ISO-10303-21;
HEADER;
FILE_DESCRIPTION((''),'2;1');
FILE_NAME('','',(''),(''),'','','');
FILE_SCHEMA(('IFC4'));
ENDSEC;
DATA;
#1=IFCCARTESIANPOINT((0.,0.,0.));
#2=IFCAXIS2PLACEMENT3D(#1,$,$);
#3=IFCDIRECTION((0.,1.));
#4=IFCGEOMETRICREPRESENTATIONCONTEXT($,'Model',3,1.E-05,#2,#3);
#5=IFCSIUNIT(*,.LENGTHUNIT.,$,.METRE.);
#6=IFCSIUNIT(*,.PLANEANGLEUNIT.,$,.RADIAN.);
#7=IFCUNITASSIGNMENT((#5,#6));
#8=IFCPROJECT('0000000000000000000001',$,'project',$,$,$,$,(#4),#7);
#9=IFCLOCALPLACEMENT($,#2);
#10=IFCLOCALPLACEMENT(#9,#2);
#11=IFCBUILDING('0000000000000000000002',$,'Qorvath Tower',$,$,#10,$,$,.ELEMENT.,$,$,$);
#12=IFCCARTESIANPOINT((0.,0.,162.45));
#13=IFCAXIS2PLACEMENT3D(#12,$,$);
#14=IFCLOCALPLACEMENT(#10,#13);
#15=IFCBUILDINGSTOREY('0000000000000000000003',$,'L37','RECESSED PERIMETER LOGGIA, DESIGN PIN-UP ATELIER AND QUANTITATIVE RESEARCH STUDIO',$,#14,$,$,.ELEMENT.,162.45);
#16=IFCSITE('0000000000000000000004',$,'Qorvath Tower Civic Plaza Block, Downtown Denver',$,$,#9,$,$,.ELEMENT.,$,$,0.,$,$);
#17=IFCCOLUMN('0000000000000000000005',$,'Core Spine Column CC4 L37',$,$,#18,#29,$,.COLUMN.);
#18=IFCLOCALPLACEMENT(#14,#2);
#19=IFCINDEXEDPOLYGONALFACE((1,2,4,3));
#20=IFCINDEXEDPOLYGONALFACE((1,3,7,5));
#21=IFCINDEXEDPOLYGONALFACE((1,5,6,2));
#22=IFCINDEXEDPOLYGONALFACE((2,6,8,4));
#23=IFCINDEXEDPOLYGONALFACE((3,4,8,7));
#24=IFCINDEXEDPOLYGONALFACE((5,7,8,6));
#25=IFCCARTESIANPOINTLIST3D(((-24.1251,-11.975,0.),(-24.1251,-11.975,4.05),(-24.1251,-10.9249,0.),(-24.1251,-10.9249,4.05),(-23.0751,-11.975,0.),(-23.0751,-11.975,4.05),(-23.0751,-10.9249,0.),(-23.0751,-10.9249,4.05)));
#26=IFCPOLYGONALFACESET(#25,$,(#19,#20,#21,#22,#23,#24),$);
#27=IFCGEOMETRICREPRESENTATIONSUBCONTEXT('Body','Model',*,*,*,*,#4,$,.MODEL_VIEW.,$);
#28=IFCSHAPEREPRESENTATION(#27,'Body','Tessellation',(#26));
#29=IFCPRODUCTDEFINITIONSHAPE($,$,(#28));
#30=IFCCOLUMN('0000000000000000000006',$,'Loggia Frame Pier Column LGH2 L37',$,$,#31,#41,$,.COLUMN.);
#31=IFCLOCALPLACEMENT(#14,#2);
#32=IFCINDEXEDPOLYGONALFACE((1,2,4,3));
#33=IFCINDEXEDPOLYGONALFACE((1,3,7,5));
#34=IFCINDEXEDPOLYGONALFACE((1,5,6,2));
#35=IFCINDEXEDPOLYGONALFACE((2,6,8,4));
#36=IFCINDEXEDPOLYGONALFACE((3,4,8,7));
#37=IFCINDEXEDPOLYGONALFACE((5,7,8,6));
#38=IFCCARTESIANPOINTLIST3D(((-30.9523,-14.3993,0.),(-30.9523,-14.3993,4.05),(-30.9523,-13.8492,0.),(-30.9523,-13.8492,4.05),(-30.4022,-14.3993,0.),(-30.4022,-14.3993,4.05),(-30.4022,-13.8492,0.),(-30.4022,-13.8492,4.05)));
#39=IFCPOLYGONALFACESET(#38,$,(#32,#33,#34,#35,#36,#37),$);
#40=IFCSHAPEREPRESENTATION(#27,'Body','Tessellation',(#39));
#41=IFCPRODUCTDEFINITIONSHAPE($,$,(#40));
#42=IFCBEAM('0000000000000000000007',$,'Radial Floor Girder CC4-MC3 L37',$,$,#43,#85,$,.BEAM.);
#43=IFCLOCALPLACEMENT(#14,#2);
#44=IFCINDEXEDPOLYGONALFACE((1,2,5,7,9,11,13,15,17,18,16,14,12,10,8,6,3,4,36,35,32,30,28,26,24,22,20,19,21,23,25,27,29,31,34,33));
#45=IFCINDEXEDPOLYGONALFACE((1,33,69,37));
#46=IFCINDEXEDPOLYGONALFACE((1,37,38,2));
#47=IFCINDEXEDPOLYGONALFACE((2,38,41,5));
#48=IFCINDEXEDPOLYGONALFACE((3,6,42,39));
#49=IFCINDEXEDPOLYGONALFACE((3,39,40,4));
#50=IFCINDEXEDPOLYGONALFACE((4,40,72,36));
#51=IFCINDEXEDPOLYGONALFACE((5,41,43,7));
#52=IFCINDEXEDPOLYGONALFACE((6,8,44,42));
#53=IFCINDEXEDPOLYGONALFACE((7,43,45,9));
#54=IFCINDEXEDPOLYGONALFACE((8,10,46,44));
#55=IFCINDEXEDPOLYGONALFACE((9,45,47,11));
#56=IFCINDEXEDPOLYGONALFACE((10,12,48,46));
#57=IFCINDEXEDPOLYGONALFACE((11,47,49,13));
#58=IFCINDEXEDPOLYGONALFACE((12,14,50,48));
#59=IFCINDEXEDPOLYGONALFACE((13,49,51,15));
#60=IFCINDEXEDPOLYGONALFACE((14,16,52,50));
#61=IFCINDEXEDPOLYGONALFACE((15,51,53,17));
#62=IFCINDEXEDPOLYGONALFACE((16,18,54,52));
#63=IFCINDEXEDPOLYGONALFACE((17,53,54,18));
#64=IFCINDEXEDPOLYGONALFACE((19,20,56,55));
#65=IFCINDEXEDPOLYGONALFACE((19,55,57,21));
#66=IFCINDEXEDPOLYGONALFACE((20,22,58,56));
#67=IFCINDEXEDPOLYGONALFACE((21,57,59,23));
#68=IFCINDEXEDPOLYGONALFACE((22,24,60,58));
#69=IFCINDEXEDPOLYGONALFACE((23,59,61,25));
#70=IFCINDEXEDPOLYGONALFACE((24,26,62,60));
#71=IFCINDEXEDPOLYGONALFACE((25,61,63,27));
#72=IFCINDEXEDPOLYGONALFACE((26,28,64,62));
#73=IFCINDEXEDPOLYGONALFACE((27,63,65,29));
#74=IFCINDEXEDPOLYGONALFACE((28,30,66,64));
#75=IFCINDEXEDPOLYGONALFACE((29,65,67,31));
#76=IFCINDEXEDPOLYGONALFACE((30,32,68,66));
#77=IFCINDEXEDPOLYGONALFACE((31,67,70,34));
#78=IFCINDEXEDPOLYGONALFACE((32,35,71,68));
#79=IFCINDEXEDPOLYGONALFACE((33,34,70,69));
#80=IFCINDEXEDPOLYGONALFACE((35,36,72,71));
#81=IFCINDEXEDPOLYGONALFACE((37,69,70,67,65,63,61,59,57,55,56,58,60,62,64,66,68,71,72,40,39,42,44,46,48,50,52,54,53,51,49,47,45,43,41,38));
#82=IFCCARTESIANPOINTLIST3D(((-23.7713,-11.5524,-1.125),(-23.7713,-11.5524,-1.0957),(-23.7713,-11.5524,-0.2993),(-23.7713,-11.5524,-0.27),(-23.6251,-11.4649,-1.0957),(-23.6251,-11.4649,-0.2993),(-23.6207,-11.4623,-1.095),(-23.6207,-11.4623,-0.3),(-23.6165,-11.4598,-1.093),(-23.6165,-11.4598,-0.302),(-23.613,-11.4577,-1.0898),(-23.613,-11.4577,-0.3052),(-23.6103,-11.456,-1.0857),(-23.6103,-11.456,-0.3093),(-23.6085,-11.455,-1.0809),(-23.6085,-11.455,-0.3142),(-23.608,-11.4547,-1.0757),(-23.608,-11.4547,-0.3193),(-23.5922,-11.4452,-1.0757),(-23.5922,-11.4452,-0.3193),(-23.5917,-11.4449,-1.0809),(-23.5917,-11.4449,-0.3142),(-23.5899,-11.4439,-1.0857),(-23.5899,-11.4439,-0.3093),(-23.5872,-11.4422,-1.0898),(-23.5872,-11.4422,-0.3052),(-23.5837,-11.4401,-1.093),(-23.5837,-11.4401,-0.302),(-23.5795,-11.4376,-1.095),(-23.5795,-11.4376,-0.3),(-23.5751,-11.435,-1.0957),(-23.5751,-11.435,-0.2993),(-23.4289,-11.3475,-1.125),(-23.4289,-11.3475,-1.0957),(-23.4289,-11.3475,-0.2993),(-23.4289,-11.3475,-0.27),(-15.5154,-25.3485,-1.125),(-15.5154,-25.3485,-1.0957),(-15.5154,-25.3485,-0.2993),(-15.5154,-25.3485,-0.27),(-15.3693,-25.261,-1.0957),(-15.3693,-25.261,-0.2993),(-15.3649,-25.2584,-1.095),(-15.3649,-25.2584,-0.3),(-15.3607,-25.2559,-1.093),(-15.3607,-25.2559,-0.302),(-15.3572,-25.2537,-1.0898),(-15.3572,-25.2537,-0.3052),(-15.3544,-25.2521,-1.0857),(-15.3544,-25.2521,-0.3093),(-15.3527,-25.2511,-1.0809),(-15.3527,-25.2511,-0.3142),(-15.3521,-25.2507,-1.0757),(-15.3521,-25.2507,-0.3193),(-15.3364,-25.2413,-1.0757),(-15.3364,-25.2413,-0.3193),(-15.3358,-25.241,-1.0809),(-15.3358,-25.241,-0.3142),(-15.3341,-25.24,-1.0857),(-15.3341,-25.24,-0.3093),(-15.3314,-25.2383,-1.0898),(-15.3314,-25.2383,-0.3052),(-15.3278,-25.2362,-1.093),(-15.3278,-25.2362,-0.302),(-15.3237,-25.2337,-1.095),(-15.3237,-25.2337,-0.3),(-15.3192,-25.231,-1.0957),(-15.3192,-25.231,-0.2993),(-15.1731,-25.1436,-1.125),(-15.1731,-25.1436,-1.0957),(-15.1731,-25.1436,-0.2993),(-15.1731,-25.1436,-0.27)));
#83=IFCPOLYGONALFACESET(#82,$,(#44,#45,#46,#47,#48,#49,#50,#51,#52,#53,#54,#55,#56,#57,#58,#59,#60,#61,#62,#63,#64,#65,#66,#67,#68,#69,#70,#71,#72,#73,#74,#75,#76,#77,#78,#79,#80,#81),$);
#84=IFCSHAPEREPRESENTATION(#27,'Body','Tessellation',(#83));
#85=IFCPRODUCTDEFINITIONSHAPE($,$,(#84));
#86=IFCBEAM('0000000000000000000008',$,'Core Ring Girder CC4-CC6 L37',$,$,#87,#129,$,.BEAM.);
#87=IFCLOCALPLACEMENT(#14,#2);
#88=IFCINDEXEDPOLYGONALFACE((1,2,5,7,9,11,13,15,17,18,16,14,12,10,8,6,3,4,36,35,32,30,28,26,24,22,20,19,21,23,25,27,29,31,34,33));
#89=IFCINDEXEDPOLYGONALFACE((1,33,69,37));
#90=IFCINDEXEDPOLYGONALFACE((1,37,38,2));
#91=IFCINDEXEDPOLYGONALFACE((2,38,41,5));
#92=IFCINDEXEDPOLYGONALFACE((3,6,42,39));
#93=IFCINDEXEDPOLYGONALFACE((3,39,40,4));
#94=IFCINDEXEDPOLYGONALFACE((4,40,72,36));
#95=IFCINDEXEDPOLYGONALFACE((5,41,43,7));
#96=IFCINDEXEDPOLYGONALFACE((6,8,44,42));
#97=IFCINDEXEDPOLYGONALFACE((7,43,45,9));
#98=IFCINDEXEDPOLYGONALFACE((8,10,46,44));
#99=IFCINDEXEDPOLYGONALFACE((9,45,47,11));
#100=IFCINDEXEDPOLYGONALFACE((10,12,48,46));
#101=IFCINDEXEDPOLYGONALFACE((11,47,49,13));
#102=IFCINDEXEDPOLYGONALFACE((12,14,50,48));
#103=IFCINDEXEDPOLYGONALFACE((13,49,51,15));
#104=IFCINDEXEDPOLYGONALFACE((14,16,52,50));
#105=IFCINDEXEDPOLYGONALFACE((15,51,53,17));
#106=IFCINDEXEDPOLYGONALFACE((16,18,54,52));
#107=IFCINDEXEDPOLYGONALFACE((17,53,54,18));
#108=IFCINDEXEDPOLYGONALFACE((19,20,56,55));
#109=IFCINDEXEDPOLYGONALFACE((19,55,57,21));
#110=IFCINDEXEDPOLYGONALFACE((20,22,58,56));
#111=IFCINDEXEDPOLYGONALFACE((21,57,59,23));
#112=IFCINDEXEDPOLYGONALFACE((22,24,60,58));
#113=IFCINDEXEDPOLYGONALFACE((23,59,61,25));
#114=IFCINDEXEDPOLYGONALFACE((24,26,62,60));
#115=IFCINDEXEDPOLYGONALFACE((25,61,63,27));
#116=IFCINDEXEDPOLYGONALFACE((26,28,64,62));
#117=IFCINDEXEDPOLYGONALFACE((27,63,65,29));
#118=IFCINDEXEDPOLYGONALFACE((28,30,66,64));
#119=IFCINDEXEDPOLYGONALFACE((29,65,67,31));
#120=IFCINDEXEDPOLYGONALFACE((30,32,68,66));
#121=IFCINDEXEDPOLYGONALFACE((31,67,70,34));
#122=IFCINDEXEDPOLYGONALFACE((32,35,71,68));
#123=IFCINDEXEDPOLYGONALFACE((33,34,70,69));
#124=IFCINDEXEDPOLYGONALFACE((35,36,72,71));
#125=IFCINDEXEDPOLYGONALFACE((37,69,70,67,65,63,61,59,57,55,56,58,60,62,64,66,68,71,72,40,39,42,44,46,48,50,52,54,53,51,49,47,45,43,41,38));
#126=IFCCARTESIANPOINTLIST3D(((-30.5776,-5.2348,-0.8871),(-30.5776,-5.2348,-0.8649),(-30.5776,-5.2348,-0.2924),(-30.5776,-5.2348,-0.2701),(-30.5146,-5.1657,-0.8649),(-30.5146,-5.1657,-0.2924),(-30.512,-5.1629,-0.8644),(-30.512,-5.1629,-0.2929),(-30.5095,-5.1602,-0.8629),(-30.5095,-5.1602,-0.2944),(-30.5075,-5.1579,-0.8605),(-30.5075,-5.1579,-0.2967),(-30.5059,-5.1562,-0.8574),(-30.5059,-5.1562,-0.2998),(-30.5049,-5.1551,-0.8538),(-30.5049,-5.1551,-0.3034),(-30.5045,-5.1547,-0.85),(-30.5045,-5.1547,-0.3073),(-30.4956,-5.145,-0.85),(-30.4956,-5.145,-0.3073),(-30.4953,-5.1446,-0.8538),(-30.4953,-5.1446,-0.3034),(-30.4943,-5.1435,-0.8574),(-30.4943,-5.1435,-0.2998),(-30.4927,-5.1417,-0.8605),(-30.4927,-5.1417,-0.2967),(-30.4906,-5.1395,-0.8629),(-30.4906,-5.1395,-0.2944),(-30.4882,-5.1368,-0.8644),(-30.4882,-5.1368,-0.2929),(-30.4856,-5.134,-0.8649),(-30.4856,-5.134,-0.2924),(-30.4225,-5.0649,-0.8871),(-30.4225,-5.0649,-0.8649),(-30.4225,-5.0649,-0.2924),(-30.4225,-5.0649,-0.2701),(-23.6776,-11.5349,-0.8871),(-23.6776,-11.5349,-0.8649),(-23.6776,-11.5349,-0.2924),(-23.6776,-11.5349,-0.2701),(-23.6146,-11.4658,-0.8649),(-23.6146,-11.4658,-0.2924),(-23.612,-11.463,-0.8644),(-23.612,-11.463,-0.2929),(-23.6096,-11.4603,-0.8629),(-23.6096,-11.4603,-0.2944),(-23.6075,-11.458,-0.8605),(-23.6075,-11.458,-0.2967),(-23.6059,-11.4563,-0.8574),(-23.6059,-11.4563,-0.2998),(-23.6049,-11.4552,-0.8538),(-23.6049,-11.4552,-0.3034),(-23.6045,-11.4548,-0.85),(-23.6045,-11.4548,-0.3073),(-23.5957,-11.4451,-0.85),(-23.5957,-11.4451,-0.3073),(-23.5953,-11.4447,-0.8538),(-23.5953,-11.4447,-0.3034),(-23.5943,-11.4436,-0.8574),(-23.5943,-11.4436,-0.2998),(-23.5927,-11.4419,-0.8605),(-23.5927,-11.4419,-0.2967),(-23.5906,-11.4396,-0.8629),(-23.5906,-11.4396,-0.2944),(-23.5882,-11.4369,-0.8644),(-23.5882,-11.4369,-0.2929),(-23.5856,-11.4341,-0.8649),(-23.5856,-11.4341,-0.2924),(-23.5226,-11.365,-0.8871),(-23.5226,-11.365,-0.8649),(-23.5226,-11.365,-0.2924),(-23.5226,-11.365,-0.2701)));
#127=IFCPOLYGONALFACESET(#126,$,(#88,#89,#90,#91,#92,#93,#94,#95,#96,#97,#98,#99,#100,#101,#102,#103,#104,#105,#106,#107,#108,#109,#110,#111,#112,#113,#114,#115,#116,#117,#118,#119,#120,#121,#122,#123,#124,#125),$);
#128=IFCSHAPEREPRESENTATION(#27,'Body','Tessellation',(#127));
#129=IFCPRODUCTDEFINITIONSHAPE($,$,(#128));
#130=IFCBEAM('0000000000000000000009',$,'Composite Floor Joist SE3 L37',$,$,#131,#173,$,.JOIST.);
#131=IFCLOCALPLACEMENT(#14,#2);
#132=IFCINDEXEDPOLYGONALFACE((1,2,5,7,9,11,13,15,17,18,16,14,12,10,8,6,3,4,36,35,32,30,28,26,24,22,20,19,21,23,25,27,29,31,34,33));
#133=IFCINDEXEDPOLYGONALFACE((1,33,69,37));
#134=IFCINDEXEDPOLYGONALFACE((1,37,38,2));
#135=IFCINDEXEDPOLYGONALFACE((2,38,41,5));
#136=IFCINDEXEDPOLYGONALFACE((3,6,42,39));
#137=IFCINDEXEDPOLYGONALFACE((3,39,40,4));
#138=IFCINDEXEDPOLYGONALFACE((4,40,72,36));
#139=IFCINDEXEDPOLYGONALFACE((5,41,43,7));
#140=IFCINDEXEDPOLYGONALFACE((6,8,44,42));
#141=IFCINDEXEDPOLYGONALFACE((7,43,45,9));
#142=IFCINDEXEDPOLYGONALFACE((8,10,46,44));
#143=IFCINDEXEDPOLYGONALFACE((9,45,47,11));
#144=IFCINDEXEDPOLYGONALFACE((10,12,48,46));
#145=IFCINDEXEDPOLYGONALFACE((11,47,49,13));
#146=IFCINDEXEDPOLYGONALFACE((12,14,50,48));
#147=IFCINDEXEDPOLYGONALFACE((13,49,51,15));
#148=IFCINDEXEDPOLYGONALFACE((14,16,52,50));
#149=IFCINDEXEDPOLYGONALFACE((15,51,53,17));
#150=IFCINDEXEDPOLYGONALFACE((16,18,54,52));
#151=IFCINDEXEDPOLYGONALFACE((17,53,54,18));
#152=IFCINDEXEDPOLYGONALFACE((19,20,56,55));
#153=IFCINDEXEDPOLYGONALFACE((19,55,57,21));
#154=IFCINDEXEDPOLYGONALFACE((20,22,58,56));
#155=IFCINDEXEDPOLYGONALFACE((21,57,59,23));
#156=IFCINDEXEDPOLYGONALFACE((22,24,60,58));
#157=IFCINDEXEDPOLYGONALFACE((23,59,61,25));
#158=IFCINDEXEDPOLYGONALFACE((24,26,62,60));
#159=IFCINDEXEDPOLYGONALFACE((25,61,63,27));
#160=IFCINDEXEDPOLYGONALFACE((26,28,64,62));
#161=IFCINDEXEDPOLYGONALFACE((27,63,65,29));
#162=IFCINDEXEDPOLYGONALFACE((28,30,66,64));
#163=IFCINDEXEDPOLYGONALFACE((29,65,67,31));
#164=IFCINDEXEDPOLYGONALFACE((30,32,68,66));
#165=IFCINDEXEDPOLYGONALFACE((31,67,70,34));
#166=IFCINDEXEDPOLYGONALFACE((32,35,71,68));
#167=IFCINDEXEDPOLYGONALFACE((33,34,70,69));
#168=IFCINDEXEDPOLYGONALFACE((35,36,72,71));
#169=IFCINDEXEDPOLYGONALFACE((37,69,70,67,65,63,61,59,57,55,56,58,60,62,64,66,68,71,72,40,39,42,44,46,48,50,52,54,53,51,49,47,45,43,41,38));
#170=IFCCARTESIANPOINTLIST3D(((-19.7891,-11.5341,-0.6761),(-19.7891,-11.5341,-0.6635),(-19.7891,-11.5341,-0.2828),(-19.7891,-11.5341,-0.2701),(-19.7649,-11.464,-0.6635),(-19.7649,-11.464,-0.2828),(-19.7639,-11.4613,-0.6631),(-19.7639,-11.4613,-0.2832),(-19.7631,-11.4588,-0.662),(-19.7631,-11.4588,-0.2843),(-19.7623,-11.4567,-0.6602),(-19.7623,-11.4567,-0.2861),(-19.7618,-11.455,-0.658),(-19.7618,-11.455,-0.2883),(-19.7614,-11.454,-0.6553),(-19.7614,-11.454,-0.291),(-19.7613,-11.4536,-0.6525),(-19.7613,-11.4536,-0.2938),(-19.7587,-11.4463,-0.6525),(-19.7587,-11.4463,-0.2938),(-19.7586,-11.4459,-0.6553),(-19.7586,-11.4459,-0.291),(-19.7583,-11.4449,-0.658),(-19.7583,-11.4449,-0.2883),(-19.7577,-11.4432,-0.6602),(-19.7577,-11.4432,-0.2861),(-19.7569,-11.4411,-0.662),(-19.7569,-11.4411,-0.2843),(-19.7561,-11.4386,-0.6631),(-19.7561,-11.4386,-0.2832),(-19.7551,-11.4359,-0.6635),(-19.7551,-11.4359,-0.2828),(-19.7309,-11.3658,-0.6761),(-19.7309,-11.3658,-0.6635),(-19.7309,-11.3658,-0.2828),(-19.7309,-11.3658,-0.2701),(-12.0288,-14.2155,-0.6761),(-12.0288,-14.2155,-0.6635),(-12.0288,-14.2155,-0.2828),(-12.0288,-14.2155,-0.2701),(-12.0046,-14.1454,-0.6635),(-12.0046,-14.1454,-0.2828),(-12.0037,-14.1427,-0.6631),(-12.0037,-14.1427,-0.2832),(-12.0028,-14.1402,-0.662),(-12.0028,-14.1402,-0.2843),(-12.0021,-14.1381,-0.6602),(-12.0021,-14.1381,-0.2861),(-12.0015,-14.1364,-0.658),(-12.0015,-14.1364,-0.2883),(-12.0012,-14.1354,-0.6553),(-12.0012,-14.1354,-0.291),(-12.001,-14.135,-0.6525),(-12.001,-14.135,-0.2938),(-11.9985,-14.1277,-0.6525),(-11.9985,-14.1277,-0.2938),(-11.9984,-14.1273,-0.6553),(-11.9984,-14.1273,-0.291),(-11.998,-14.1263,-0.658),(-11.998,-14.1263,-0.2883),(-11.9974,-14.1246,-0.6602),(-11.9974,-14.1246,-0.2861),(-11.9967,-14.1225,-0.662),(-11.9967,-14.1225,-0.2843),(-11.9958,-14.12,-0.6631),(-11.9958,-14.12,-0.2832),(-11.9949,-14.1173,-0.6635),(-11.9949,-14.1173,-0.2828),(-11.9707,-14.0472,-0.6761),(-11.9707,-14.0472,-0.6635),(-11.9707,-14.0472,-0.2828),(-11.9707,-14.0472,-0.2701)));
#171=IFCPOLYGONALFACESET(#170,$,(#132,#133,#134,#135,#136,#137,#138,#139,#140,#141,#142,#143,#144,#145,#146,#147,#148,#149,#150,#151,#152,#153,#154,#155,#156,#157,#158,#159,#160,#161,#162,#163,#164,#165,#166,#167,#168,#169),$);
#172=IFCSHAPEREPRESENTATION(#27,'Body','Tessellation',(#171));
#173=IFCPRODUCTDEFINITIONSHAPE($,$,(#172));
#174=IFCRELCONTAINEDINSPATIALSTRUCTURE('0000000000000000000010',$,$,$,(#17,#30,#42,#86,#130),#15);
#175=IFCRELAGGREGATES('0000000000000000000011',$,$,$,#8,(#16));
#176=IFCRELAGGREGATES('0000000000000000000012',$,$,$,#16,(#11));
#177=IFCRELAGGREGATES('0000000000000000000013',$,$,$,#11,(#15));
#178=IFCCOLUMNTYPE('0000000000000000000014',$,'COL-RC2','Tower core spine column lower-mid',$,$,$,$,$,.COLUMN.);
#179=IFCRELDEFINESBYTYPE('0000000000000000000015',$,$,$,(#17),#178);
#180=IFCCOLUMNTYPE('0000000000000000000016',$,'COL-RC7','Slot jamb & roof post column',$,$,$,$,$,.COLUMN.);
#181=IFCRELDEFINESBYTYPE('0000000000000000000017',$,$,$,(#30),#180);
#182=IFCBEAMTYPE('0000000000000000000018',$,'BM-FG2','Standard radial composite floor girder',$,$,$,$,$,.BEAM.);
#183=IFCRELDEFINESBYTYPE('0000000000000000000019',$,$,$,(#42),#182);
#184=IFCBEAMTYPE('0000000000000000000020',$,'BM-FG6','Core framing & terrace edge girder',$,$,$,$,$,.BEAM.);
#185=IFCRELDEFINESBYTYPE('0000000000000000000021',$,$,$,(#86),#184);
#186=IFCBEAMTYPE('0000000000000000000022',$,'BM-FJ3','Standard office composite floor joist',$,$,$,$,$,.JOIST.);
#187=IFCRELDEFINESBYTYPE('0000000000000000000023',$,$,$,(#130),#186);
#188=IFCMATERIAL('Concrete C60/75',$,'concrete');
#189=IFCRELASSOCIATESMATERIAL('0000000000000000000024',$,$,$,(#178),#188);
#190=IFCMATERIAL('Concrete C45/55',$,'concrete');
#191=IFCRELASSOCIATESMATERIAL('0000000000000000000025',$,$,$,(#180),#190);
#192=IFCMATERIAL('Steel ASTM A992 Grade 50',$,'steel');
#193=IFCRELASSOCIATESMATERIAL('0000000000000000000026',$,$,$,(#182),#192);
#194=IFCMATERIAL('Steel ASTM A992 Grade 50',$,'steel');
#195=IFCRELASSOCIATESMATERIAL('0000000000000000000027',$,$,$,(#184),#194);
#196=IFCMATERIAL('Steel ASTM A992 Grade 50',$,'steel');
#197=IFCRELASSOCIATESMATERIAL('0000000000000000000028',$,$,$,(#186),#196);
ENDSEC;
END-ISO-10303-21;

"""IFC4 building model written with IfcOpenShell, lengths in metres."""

from ifc_helpers import new_model, si_unit, direction, frame, origin, origin_2d, place, context, subcontext, project, spatial, rectangle, i_section, extrude, material, material_profile, profile_set, type_object, element, save


model = new_model("IFC4")

# Units and contexts
model_context = context("Model", 3, precision=1e-05, world=origin(), true_north=direction((0.0, 1.0)))
body_context = subcontext(model_context, "Body", "Model", "MODEL_VIEW")
ifc_project = project(units=[si_unit("LENGTHUNIT", "METRE"), si_unit("PLANEANGLEUNIT", "RADIAN")], contexts=[model_context])

# Site, building, storey
site_placement = place(None, origin())
site = spatial("IfcSite", under=ifc_project, at=site_placement, Name="Qorvath Tower Civic Plaza Block, Downtown Denver", CompositionType="ELEMENT", RefElevation=0.0)
building_placement = place(site_placement, origin())
building = spatial("IfcBuilding", under=site, at=building_placement, Name="Qorvath Tower", CompositionType="ELEMENT")
storey_placement = place(building_placement, frame((0.0, 0.0, 162.45)))
storey = spatial("IfcBuildingStorey", under=building, at=storey_placement, Name="L37", Description="RECESSED PERIMETER LOGGIA, DESIGN PIN-UP ATELIER AND QUANTITATIVE RESEARCH STUDIO", CompositionType="ELEMENT", Elevation=162.45)

# Columns
ifc_material_1 = material(Name="Concrete C60/75", Category="concrete")
ifc_material_profile_1 = material_profile(ifc_material_1, rectangle(XDim=1.05, YDim=1.05, at=origin_2d()), Name="RC 1050x1050")
ifc_profile_set_1 = profile_set([ifc_material_profile_1], Name="Concrete C60/75")
column_type_1 = type_object("IfcColumnType", Name="COL-RC2", Description="Tower core spine column lower-mid", PredefinedType="COLUMN", material=ifc_profile_set_1)
column_1_placement = place(storey_placement, frame((-23.6001, -11.45, 0.0), z_axis=(0.0, 0.0, 1.0), x_axis=(1.0, 0.0, 0.0)))
element("IfcColumn", 1, at=column_1_placement, inside=storey, type_object=column_type_1, Name="Core Spine Column CC4 L37", PredefinedType="COLUMN", context=body_context, shape_type="SweptSolid", body=[
    extrude(rectangle(XDim=1.05, YDim=1.05, at=origin_2d()), origin(), (0.0, 0.0, 1.0), 4.05),
])
ifc_material_2 = material(Name="Concrete C45/55", Category="concrete")
ifc_material_profile_2 = material_profile(ifc_material_2, rectangle(XDim=0.55, YDim=0.55, at=origin_2d()), Name="RC 550x550")
ifc_profile_set_2 = profile_set([ifc_material_profile_2], Name="Concrete C45/55")
column_type_2 = type_object("IfcColumnType", Name="COL-RC7", Description="Slot jamb & roof post column", PredefinedType="COLUMN", material=ifc_profile_set_2)
column_2_placement = place(storey_placement, frame((-30.6772, -14.1243, 0.0), z_axis=(0.0, 0.0, 1.0), x_axis=(1.0, 0.0, 0.0)))
element("IfcColumn", 2, at=column_2_placement, inside=storey, type_object=column_type_2, Name="Loggia Frame Pier Column LGH2 L37", PredefinedType="COLUMN", context=body_context, shape_type="SweptSolid", body=[
    extrude(rectangle(XDim=0.55, YDim=0.55, at=origin_2d()), origin(), (0.0, 0.0, 1.0), 4.05),
])

# Beams
ifc_material_3 = material(Name="Steel ASTM A992 Grade 50", Category="steel")
ifc_material_profile_3 = material_profile(ifc_material_3, i_section(OverallWidth=0.3989, OverallDepth=0.855, WebThickness=0.0183, FlangeThickness=0.0293, FilletRadius=0.02, at=origin_2d()), Name="W33x201")
ifc_profile_set_3 = profile_set([ifc_material_profile_3], Name="Steel ASTM A992 Grade 50")
beam_type_1 = type_object("IfcBeamType", Name="BM-FG2", Description="Standard radial composite floor girder", PredefinedType="BEAM", material=ifc_profile_set_3)
beam_1_placement = place(storey_placement, frame((-23.6001, -11.45, -0.6975), z_axis=(0.513497, -0.858091, 0.0), x_axis=(0.858091, 0.513497, 0.0)))
element("IfcBeam", 3, at=beam_1_placement, inside=storey, type_object=beam_type_1, Name="Radial Floor Girder CC4-MC3 L37", PredefinedType="BEAM", context=body_context, shape_type="SweptSolid", body=[
    extrude(i_section(OverallWidth=0.3989, OverallDepth=0.855, WebThickness=0.0183, FlangeThickness=0.0293, FilletRadius=0.02, at=origin_2d()), origin(), (0.0, 0.0, 1.0), 16.0776),
])
ifc_material_4 = material(Name="Steel ASTM A992 Grade 50", Category="steel")
ifc_material_profile_4 = material_profile(ifc_material_4, i_section(OverallWidth=0.23, OverallDepth=0.6169, WebThickness=0.0132, FlangeThickness=0.0222, FilletRadius=0.0149, at=origin_2d()), Name="W24x94")
ifc_profile_set_4 = profile_set([ifc_material_profile_4], Name="Steel ASTM A992 Grade 50")
beam_type_2 = type_object("IfcBeamType", Name="BM-FG6", Description="Core framing & terrace edge girder", PredefinedType="BEAM", material=ifc_profile_set_4)
beam_2_placement = place(storey_placement, frame((-23.6001, -11.45, -0.5786), z_axis=(-0.738478, 0.674277, 0.0), x_axis=(-0.674277, -0.738478, 0.0)))
element("IfcBeam", 4, at=beam_2_placement, inside=storey, type_object=beam_type_2, Name="Core Ring Girder CC4-CC6 L37", PredefinedType="BEAM", context=body_context, shape_type="SweptSolid", body=[
    extrude(i_section(OverallWidth=0.23, OverallDepth=0.6169, WebThickness=0.0132, FlangeThickness=0.0222, FilletRadius=0.0149, at=origin_2d()), origin(), (0.0, 0.0, 1.0), 9.3435),
])
ifc_material_5 = material(Name="Steel ASTM A992 Grade 50", Category="steel")
ifc_material_profile_5 = material_profile(ifc_material_5, i_section(OverallWidth=0.178, OverallDepth=0.406, WebThickness=0.0078, FlangeThickness=0.0127, FilletRadius=0.011, at=origin_2d()), Name="W16x40")
ifc_profile_set_5 = profile_set([ifc_material_profile_5], Name="Steel ASTM A992 Grade 50")
beam_type_3 = type_object("IfcBeamType", Name="BM-FJ3", Description="Standard office composite floor joist", PredefinedType="JOIST", material=ifc_profile_set_5)
beam_3_placement = place(storey_placement, frame((-19.76, -11.45, -0.4731), z_axis=(0.945168, -0.326584, 0.0), x_axis=(0.326584, 0.945168, 0.0)))
element("IfcBeam", 5, at=beam_3_placement, inside=storey, type_object=beam_type_3, Name="Composite Floor Joist SE3 L37", PredefinedType="JOIST", context=body_context, shape_type="SweptSolid", body=[
    extrude(i_section(OverallWidth=0.178, OverallDepth=0.406, WebThickness=0.0078, FlangeThickness=0.0127, FilletRadius=0.011, at=origin_2d()), origin(), (0.0, 0.0, 1.0), 8.2104),
])

save(model, "model.ifc")
